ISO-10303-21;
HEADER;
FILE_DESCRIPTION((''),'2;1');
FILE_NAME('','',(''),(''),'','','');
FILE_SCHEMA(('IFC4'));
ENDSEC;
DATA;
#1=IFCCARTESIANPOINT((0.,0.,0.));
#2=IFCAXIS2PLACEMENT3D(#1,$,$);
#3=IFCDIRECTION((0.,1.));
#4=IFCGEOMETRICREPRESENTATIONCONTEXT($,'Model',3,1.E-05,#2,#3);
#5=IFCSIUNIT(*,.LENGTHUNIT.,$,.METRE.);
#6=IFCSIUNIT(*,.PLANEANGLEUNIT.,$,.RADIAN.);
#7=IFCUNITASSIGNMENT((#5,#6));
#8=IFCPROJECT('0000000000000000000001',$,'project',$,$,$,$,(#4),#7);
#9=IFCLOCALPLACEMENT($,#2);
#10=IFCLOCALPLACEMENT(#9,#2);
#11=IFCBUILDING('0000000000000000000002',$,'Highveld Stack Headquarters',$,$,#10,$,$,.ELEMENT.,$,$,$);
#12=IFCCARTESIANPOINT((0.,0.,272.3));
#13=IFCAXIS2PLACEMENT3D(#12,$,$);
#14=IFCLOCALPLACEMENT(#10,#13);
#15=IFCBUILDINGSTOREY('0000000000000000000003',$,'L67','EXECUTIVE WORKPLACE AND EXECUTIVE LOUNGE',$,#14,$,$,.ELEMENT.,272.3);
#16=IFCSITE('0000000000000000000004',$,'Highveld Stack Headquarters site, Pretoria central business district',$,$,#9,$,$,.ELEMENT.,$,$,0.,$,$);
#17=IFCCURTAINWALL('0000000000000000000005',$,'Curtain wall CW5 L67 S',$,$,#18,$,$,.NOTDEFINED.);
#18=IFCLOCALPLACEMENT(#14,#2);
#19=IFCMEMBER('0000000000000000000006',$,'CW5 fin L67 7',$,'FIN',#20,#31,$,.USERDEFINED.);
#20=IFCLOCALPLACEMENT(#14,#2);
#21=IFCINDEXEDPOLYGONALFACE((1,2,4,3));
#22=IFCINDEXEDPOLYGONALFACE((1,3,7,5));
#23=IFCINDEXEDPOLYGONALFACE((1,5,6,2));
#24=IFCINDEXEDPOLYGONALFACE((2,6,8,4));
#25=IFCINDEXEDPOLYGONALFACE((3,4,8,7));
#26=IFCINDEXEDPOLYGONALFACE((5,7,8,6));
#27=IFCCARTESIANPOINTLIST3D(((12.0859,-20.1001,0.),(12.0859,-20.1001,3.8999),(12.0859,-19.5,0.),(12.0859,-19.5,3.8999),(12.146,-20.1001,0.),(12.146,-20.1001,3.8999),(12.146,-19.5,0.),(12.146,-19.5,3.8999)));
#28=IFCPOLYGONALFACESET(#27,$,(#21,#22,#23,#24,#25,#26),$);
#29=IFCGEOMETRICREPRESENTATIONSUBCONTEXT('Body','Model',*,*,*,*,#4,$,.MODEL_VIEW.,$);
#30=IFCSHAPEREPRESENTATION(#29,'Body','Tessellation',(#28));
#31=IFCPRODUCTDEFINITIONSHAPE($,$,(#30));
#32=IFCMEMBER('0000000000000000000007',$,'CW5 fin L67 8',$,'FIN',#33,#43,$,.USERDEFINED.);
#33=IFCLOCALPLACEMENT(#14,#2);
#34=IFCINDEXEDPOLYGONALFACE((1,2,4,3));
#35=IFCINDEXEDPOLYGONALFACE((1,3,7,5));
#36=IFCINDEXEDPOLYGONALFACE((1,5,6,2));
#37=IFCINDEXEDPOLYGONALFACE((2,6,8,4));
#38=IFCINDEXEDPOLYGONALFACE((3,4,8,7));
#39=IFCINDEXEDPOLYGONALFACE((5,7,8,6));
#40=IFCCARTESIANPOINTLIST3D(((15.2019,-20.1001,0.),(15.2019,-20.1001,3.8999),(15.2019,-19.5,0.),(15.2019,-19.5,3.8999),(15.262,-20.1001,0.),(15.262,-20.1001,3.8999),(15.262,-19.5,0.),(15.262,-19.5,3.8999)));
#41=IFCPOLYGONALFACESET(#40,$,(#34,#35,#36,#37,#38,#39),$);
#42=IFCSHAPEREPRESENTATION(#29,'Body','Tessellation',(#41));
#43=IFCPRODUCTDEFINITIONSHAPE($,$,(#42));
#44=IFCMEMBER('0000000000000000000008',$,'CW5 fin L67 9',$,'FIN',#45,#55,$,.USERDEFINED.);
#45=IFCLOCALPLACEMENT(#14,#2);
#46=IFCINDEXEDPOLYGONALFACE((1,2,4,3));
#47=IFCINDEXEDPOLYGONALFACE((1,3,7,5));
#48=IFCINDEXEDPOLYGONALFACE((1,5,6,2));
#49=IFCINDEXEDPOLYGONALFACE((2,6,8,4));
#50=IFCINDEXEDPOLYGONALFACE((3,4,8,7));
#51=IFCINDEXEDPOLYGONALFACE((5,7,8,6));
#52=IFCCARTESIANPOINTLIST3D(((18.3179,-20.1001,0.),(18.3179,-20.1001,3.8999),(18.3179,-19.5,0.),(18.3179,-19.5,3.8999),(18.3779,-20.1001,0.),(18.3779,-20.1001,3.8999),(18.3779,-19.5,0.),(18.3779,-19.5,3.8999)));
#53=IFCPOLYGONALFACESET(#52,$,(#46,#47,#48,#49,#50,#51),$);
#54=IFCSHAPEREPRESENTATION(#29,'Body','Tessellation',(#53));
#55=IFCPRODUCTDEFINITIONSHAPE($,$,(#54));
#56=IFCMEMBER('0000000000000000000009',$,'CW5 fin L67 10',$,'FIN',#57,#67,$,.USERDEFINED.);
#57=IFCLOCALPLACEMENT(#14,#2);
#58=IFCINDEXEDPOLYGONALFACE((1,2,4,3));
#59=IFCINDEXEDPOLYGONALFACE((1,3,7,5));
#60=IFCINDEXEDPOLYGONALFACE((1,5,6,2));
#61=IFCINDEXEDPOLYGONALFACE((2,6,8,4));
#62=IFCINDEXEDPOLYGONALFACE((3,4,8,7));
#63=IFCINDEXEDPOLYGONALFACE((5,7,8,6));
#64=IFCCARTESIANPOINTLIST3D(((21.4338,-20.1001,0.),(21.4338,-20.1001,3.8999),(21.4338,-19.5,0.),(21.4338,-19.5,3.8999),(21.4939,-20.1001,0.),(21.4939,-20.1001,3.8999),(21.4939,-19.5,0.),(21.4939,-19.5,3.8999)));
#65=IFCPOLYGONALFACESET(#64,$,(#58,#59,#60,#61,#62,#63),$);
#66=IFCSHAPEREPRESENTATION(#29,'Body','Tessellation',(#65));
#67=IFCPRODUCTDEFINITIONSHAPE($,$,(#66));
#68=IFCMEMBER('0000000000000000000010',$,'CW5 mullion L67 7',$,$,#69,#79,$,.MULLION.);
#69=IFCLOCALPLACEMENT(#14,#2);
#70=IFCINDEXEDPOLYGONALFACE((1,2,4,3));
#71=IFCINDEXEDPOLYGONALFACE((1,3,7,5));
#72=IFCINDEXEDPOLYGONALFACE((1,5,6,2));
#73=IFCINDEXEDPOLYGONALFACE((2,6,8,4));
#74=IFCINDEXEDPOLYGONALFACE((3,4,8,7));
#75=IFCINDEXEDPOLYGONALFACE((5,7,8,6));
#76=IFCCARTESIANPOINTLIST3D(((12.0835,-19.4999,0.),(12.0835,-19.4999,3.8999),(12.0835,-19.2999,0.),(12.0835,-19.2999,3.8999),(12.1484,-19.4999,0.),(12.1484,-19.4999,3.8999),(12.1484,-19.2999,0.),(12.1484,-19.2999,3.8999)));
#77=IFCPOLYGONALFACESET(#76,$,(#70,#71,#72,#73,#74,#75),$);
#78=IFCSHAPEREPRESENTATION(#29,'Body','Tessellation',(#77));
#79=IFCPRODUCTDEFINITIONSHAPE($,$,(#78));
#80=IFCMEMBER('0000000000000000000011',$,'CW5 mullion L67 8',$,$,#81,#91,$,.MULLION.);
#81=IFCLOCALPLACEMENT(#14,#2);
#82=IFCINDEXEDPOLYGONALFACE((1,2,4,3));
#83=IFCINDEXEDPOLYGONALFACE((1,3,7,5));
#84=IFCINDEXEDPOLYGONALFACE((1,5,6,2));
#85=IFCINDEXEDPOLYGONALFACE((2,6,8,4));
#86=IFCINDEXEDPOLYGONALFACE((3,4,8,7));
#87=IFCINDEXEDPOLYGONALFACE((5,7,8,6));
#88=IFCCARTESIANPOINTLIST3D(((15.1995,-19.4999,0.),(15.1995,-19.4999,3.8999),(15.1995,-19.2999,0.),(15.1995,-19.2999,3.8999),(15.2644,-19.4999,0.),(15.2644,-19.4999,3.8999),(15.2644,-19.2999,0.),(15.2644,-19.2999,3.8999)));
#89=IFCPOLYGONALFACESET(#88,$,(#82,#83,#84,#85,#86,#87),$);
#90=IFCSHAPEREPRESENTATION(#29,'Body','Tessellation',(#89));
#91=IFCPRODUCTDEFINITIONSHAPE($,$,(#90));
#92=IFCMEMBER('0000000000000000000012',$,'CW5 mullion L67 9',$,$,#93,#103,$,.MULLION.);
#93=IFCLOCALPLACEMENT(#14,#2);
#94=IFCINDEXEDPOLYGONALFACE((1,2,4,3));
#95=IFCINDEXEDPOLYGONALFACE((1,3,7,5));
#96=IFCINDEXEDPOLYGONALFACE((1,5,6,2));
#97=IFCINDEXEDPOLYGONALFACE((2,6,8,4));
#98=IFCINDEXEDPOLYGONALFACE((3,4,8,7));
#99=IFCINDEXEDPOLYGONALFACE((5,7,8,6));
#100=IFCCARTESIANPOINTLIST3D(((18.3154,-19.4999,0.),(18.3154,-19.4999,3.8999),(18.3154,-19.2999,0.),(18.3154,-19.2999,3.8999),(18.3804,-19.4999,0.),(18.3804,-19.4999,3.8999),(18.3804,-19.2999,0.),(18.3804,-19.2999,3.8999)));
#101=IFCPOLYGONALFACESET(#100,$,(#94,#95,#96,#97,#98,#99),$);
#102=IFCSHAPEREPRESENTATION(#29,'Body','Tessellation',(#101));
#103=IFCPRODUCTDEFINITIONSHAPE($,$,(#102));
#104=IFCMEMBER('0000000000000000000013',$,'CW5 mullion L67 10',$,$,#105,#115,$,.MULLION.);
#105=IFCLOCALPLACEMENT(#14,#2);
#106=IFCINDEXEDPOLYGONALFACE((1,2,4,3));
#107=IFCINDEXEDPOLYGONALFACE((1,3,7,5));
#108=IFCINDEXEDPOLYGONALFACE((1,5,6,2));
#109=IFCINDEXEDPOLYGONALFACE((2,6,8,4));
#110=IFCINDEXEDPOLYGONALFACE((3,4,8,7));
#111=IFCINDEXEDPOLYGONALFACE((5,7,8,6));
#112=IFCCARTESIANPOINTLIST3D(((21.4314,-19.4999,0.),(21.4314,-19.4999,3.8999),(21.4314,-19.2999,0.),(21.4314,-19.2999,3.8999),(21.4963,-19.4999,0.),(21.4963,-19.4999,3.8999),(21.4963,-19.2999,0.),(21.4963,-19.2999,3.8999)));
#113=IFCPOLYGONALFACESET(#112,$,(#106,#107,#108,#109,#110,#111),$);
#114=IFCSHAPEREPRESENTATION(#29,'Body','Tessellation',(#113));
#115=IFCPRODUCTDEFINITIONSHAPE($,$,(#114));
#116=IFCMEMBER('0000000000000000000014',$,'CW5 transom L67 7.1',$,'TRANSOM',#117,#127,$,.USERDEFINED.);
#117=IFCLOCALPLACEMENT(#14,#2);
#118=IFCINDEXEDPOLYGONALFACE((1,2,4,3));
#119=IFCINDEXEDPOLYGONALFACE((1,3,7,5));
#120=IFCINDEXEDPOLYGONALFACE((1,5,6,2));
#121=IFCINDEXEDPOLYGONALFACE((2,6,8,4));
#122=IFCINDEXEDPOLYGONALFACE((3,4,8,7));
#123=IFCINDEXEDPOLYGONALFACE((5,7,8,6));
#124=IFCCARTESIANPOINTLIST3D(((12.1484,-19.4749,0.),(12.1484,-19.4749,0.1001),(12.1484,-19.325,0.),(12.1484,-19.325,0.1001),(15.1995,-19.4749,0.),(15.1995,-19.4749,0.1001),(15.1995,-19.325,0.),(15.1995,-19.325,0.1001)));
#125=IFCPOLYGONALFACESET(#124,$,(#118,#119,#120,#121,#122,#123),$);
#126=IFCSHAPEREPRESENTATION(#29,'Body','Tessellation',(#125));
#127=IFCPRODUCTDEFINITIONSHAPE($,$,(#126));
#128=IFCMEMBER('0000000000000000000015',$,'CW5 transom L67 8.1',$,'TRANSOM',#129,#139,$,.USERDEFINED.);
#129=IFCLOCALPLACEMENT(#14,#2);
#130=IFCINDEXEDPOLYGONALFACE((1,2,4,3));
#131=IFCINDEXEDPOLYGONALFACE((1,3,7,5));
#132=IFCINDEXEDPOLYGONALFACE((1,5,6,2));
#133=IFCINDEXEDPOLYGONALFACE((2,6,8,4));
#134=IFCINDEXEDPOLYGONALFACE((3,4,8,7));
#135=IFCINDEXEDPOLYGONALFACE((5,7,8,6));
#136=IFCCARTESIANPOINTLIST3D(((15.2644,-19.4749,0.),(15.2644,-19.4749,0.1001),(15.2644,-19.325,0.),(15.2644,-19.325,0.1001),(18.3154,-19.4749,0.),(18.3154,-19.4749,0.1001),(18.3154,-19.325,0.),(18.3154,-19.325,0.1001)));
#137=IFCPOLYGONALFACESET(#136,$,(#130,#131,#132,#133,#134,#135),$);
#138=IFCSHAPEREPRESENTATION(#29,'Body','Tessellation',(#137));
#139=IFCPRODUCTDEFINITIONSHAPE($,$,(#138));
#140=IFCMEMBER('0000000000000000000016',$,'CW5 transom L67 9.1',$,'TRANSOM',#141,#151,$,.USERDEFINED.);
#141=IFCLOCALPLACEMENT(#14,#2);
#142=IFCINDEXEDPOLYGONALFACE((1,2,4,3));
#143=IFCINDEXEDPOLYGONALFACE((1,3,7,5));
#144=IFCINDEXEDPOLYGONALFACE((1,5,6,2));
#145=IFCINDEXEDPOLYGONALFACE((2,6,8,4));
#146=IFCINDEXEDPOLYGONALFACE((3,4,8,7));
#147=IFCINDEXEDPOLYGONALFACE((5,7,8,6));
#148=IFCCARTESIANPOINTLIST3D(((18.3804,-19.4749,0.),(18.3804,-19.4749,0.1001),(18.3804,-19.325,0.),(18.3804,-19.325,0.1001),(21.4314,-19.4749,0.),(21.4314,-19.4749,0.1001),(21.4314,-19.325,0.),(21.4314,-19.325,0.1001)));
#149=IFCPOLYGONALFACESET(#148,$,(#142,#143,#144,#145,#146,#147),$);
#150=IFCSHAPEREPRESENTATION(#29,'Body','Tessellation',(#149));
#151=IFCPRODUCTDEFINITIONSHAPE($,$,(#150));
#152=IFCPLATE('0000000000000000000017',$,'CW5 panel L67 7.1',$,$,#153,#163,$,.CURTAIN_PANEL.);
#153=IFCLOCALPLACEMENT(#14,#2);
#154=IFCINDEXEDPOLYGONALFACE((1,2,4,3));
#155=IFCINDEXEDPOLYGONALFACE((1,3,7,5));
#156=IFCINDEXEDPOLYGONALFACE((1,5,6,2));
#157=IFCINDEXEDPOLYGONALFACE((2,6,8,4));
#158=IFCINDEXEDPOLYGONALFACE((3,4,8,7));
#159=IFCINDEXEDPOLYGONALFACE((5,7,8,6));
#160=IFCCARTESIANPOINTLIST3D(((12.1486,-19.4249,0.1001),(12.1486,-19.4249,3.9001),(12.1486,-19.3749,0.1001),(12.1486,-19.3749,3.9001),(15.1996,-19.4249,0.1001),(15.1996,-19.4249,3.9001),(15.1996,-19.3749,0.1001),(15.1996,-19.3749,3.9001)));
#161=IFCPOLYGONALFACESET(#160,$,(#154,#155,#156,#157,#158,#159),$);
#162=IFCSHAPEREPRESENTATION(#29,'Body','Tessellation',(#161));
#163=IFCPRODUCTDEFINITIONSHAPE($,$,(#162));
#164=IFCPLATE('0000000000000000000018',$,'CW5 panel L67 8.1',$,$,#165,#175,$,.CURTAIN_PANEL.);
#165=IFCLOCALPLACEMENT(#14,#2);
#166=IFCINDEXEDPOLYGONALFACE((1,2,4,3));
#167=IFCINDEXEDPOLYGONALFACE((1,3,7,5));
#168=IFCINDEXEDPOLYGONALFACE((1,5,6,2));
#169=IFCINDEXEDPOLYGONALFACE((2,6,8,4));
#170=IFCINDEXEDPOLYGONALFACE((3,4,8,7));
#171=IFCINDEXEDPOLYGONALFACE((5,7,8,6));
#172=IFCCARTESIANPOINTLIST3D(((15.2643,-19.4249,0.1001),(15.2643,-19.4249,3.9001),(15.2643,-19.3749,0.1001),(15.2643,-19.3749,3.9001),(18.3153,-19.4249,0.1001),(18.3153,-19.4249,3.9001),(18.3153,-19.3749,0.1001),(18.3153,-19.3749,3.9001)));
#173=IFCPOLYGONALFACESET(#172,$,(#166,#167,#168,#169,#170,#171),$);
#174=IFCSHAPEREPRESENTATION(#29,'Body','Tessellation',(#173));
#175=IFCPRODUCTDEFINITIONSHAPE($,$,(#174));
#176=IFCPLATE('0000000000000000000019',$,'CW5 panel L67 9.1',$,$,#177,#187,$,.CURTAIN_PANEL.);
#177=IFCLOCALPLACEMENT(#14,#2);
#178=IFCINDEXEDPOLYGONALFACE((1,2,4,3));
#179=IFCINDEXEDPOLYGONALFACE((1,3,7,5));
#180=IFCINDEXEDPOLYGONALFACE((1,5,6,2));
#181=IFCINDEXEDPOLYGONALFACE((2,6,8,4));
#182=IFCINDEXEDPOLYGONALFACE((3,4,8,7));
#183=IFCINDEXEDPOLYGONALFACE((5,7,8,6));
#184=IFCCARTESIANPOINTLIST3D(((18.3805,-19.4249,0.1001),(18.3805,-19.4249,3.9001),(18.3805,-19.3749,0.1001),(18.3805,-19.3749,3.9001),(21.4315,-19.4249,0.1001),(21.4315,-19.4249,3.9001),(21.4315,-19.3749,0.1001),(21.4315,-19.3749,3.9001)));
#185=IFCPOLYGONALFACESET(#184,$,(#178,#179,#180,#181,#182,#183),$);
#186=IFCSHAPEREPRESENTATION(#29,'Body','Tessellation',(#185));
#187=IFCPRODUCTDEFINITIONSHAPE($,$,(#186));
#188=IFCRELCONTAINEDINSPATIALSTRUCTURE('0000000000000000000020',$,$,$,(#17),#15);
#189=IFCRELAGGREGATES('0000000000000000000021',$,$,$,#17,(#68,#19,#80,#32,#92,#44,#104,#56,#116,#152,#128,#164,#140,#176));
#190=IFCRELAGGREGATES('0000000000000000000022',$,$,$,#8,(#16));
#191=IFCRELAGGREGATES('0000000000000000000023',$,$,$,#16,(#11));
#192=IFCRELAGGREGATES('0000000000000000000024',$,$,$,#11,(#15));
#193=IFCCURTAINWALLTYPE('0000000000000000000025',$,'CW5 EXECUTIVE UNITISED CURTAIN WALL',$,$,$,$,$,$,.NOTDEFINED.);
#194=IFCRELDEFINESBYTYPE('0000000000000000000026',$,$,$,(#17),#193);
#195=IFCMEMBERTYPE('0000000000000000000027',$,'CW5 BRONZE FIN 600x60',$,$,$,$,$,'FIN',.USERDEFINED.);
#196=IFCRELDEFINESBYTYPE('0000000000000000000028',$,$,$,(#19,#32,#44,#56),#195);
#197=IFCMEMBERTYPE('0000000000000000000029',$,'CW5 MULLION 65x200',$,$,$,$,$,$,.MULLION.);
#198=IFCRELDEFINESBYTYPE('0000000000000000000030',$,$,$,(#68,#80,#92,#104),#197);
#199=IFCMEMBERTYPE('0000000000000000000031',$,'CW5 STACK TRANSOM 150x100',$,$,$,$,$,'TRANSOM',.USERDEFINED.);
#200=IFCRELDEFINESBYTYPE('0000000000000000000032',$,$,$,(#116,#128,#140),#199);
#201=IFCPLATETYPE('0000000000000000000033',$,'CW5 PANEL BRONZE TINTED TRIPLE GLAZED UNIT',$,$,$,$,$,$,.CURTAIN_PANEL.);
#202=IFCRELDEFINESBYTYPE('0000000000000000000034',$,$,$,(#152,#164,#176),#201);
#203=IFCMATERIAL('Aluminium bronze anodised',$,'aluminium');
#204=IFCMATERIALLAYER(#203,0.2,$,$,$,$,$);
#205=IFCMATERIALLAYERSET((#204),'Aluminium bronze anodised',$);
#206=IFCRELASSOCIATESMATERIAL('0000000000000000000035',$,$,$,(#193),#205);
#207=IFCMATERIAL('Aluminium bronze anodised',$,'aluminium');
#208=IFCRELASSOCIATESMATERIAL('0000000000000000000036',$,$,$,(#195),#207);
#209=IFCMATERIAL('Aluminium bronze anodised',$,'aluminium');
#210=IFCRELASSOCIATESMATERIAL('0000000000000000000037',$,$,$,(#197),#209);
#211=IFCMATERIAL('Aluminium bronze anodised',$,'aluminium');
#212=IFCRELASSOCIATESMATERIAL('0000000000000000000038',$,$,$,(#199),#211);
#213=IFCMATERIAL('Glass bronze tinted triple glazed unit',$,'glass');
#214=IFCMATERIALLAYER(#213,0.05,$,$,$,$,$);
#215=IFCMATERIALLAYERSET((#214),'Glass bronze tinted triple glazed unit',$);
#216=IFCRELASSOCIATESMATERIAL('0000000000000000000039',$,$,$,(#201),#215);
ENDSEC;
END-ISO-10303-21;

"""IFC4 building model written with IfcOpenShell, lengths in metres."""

from ifc_helpers import new_model, si_unit, direction, frame, origin, origin_2d, place, context, subcontext, project, spatial, rectangle, extrude, material, layer, layer_set, material_profile, profile_set, type_object, element, aggregate, save


model = new_model("IFC4")

# Units and contexts
model_context = context("Model", 3, precision=1e-05, world=origin(), true_north=direction((0.0, 1.0)))
body_context = subcontext(model_context, "Body", "Model", "MODEL_VIEW")
ifc_project = project(units=[si_unit("LENGTHUNIT", "METRE"), si_unit("PLANEANGLEUNIT", "RADIAN")], contexts=[model_context])

# Site, building, storey
site_placement = place(None, origin())
site = spatial("IfcSite", under=ifc_project, at=site_placement, Name="Highveld Stack Headquarters site, Pretoria central business district", CompositionType="ELEMENT", RefElevation=0.0)
building_placement = place(site_placement, origin())
building = spatial("IfcBuilding", under=site, at=building_placement, Name="Highveld Stack Headquarters", CompositionType="ELEMENT")
storey_placement = place(building_placement, frame((0.0, 0.0, 272.3)))
storey = spatial("IfcBuildingStorey", under=building, at=storey_placement, Name="L67", Description="EXECUTIVE WORKPLACE AND EXECUTIVE LOUNGE", CompositionType="ELEMENT", Elevation=272.3)

# Curtain wall, members, plates
ifc_material_1 = material(Name="Aluminium bronze anodised", Category="aluminium")
ifc_layer_1 = layer(ifc_material_1, 0.2)
ifc_layer_set_1 = layer_set([ifc_layer_1], Name="Aluminium bronze anodised")
curtain_wall_type = type_object("IfcCurtainWallType", Name="CW5 EXECUTIVE UNITISED CURTAIN WALL", PredefinedType="NOTDEFINED", material=ifc_layer_set_1)
curtain_wall_placement = place(storey_placement, origin())
curtain_wall = element("IfcCurtainWall", 1, at=curtain_wall_placement, inside=storey, type_object=curtain_wall_type, Name="Curtain wall CW5 L67 S", PredefinedType="NOTDEFINED")
ifc_material_2 = material(Name="Aluminium bronze anodised", Category="aluminium")
ifc_material_profile_1 = material_profile(ifc_material_2, rectangle(XDim=0.6001, YDim=0.0601, at=origin_2d()), Name="FIN 600x60")
ifc_profile_set_1 = profile_set([ifc_material_profile_1], Name="Aluminium bronze anodised")
member_type_1 = type_object("IfcMemberType", Name="CW5 BRONZE FIN 600x60", ElementType="FIN", PredefinedType="USERDEFINED", material=ifc_profile_set_1)
member_1_placement = place(storey_placement, frame((12.116, -19.8, 0.0), z_axis=(0.0, 0.0, 1.0), x_axis=(0.0, 1.0, 0.0)))
member_1 = element("IfcMember", 2, at=member_1_placement, type_object=member_type_1, Name="CW5 fin L67 7", ObjectType="FIN", PredefinedType="USERDEFINED", context=body_context, shape_type="SweptSolid", body=[
    extrude(rectangle(XDim=0.6001, YDim=0.0601, at=origin_2d()), origin(), (0.0, 0.0, 1.0), 3.8999),
])
member_2_placement = place(storey_placement, frame((15.2319, -19.8, 0.0), z_axis=(0.0, 0.0, 1.0), x_axis=(0.0, 1.0, 0.0)))
member_2 = element("IfcMember", 3, at=member_2_placement, type_object=member_type_1, Name="CW5 fin L67 8", ObjectType="FIN", PredefinedType="USERDEFINED", context=body_context, shape_type="SweptSolid", body=[
    extrude(rectangle(XDim=0.6001, YDim=0.0601, at=origin_2d()), origin(), (0.0, 0.0, 1.0), 3.8999),
])
member_3_placement = place(storey_placement, frame((18.3479, -19.8, 0.0), z_axis=(0.0, 0.0, 1.0), x_axis=(0.0, 1.0, 0.0)))
member_3 = element("IfcMember", 4, at=member_3_placement, type_object=member_type_1, Name="CW5 fin L67 9", ObjectType="FIN", PredefinedType="USERDEFINED", context=body_context, shape_type="SweptSolid", body=[
    extrude(rectangle(XDim=0.6001, YDim=0.0601, at=origin_2d()), origin(), (0.0, 0.0, 1.0), 3.8999),
])
member_4_placement = place(storey_placement, frame((21.4639, -19.8, 0.0), z_axis=(0.0, 0.0, 1.0), x_axis=(0.0, 1.0, 0.0)))
member_4 = element("IfcMember", 5, at=member_4_placement, type_object=member_type_1, Name="CW5 fin L67 10", ObjectType="FIN", PredefinedType="USERDEFINED", context=body_context, shape_type="SweptSolid", body=[
    extrude(rectangle(XDim=0.6001, YDim=0.0601, at=origin_2d()), origin(), (0.0, 0.0, 1.0), 3.8999),
])
ifc_material_3 = material(Name="Aluminium bronze anodised", Category="aluminium")
ifc_material_profile_2 = material_profile(ifc_material_3, rectangle(XDim=0.2, YDim=0.0649, at=origin_2d()), Name="CW5 MULLION 65x200")
ifc_profile_set_2 = profile_set([ifc_material_profile_2], Name="Aluminium bronze anodised")
member_type_2 = type_object("IfcMemberType", Name="CW5 MULLION 65x200", PredefinedType="MULLION", material=ifc_profile_set_2)
member_5_placement = place(storey_placement, frame((12.116, -19.3999, 0.0), z_axis=(0.0, 0.0, 1.0), x_axis=(0.0, 1.0, 0.0)))
member_5 = element("IfcMember", 6, at=member_5_placement, type_object=member_type_2, Name="CW5 mullion L67 7", PredefinedType="MULLION", context=body_context, shape_type="SweptSolid", body=[
    extrude(rectangle(XDim=0.2, YDim=0.0649, at=origin_2d()), origin(), (0.0, 0.0, 1.0), 3.8999),
])
member_6_placement = place(storey_placement, frame((15.2319, -19.3999, 0.0), z_axis=(0.0, 0.0, 1.0), x_axis=(0.0, 1.0, 0.0)))
member_6 = element("IfcMember", 7, at=member_6_placement, type_object=member_type_2, Name="CW5 mullion L67 8", PredefinedType="MULLION", context=body_context, shape_type="SweptSolid", body=[
    extrude(rectangle(XDim=0.2, YDim=0.0649, at=origin_2d()), origin(), (0.0, 0.0, 1.0), 3.8999),
])
member_7_placement = place(storey_placement, frame((18.3479, -19.3999, 0.0), z_axis=(0.0, 0.0, 1.0), x_axis=(0.0, 1.0, 0.0)))
member_7 = element("IfcMember", 8, at=member_7_placement, type_object=member_type_2, Name="CW5 mullion L67 9", PredefinedType="MULLION", context=body_context, shape_type="SweptSolid", body=[
    extrude(rectangle(XDim=0.2, YDim=0.0649, at=origin_2d()), origin(), (0.0, 0.0, 1.0), 3.8999),
])
member_8_placement = place(storey_placement, frame((21.4639, -19.3999, 0.0), z_axis=(0.0, 0.0, 1.0), x_axis=(0.0, 1.0, 0.0)))
member_8 = element("IfcMember", 9, at=member_8_placement, type_object=member_type_2, Name="CW5 mullion L67 10", PredefinedType="MULLION", context=body_context, shape_type="SweptSolid", body=[
    extrude(rectangle(XDim=0.2, YDim=0.0649, at=origin_2d()), origin(), (0.0, 0.0, 1.0), 3.8999),
])
ifc_material_4 = material(Name="Aluminium bronze anodised", Category="aluminium")
ifc_material_profile_3 = material_profile(ifc_material_4, rectangle(XDim=0.1499, YDim=0.1001, at=origin_2d()), Name="CW5 TRANSOM 150x100")
ifc_profile_set_3 = profile_set([ifc_material_profile_3], Name="Aluminium bronze anodised")
member_type_3 = type_object("IfcMemberType", Name="CW5 STACK TRANSOM 150x100", ElementType="TRANSOM", PredefinedType="USERDEFINED", material=ifc_profile_set_3)
member_9_placement = place(storey_placement, frame((12.1484, -19.3999, 0.05), z_axis=(1.0, 0.0, 0.0), x_axis=(0.0, 1.0, 0.0)))
member_9 = element("IfcMember", 10, at=member_9_placement, type_object=member_type_3, Name="CW5 transom L67 7.1", ObjectType="TRANSOM", PredefinedType="USERDEFINED", context=body_context, shape_type="SweptSolid", body=[
    extrude(rectangle(XDim=0.1499, YDim=0.1001, at=origin_2d()), origin(), (0.0, 0.0, 1.0), 3.051),
])
member_10_placement = place(storey_placement, frame((15.2644, -19.3999, 0.05), z_axis=(1.0, 0.0, 0.0), x_axis=(0.0, 1.0, 0.0)))
member_10 = element("IfcMember", 11, at=member_10_placement, type_object=member_type_3, Name="CW5 transom L67 8.1", ObjectType="TRANSOM", PredefinedType="USERDEFINED", context=body_context, shape_type="SweptSolid", body=[
    extrude(rectangle(XDim=0.1499, YDim=0.1001, at=origin_2d()), origin(), (0.0, 0.0, 1.0), 3.051),
])
member_11_placement = place(storey_placement, frame((18.3804, -19.3999, 0.05), z_axis=(1.0, 0.0, 0.0), x_axis=(0.0, 1.0, 0.0)))
member_11 = element("IfcMember", 12, at=member_11_placement, type_object=member_type_3, Name="CW5 transom L67 9.1", ObjectType="TRANSOM", PredefinedType="USERDEFINED", context=body_context, shape_type="SweptSolid", body=[
    extrude(rectangle(XDim=0.1499, YDim=0.1001, at=origin_2d()), origin(), (0.0, 0.0, 1.0), 3.051),
])
ifc_material_5 = material(Name="Glass bronze tinted triple glazed unit", Category="glass")
ifc_layer_2 = layer(ifc_material_5, 0.05)
ifc_layer_set_2 = layer_set([ifc_layer_2], Name="Glass bronze tinted triple glazed unit")
plate_type = type_object("IfcPlateType", Name="CW5 PANEL BRONZE TINTED TRIPLE GLAZED UNIT", PredefinedType="CURTAIN_PANEL", material=ifc_layer_set_2)
plate_1_placement = place(storey_placement, frame((13.6741, -19.3999, 0.1001), z_axis=(0.0, 0.0, 1.0), x_axis=(1.0, 0.0, 0.0)))
plate_1 = element("IfcPlate", 13, at=plate_1_placement, type_object=plate_type, Name="CW5 panel L67 7.1", PredefinedType="CURTAIN_PANEL", context=body_context, shape_type="SweptSolid", body=[
    extrude(rectangle(XDim=3.051, YDim=0.05, at=origin_2d()), origin(), (0.0, 0.0, 1.0), 3.8),
])
plate_2_placement = place(storey_placement, frame((16.7898, -19.3999, 0.1001), z_axis=(0.0, 0.0, 1.0), x_axis=(1.0, 0.0, 0.0)))
plate_2 = element("IfcPlate", 14, at=plate_2_placement, type_object=plate_type, Name="CW5 panel L67 8.1", PredefinedType="CURTAIN_PANEL", context=body_context, shape_type="SweptSolid", body=[
    extrude(rectangle(XDim=3.051, YDim=0.05, at=origin_2d()), origin(), (0.0, 0.0, 1.0), 3.8),
])
plate_3_placement = place(storey_placement, frame((19.906, -19.3999, 0.1001), z_axis=(0.0, 0.0, 1.0), x_axis=(1.0, 0.0, 0.0)))
plate_3 = element("IfcPlate", 15, at=plate_3_placement, type_object=plate_type, Name="CW5 panel L67 9.1", PredefinedType="CURTAIN_PANEL", context=body_context, shape_type="SweptSolid", body=[
    extrude(rectangle(XDim=3.051, YDim=0.05, at=origin_2d()), origin(), (0.0, 0.0, 1.0), 3.8),
])
aggregate(curtain_wall, [member_5, member_1, member_6, member_2, member_7, member_3, member_8, member_4, member_9, plate_1, member_10, plate_2, member_11, plate_3])

save(model, "model.ifc")
